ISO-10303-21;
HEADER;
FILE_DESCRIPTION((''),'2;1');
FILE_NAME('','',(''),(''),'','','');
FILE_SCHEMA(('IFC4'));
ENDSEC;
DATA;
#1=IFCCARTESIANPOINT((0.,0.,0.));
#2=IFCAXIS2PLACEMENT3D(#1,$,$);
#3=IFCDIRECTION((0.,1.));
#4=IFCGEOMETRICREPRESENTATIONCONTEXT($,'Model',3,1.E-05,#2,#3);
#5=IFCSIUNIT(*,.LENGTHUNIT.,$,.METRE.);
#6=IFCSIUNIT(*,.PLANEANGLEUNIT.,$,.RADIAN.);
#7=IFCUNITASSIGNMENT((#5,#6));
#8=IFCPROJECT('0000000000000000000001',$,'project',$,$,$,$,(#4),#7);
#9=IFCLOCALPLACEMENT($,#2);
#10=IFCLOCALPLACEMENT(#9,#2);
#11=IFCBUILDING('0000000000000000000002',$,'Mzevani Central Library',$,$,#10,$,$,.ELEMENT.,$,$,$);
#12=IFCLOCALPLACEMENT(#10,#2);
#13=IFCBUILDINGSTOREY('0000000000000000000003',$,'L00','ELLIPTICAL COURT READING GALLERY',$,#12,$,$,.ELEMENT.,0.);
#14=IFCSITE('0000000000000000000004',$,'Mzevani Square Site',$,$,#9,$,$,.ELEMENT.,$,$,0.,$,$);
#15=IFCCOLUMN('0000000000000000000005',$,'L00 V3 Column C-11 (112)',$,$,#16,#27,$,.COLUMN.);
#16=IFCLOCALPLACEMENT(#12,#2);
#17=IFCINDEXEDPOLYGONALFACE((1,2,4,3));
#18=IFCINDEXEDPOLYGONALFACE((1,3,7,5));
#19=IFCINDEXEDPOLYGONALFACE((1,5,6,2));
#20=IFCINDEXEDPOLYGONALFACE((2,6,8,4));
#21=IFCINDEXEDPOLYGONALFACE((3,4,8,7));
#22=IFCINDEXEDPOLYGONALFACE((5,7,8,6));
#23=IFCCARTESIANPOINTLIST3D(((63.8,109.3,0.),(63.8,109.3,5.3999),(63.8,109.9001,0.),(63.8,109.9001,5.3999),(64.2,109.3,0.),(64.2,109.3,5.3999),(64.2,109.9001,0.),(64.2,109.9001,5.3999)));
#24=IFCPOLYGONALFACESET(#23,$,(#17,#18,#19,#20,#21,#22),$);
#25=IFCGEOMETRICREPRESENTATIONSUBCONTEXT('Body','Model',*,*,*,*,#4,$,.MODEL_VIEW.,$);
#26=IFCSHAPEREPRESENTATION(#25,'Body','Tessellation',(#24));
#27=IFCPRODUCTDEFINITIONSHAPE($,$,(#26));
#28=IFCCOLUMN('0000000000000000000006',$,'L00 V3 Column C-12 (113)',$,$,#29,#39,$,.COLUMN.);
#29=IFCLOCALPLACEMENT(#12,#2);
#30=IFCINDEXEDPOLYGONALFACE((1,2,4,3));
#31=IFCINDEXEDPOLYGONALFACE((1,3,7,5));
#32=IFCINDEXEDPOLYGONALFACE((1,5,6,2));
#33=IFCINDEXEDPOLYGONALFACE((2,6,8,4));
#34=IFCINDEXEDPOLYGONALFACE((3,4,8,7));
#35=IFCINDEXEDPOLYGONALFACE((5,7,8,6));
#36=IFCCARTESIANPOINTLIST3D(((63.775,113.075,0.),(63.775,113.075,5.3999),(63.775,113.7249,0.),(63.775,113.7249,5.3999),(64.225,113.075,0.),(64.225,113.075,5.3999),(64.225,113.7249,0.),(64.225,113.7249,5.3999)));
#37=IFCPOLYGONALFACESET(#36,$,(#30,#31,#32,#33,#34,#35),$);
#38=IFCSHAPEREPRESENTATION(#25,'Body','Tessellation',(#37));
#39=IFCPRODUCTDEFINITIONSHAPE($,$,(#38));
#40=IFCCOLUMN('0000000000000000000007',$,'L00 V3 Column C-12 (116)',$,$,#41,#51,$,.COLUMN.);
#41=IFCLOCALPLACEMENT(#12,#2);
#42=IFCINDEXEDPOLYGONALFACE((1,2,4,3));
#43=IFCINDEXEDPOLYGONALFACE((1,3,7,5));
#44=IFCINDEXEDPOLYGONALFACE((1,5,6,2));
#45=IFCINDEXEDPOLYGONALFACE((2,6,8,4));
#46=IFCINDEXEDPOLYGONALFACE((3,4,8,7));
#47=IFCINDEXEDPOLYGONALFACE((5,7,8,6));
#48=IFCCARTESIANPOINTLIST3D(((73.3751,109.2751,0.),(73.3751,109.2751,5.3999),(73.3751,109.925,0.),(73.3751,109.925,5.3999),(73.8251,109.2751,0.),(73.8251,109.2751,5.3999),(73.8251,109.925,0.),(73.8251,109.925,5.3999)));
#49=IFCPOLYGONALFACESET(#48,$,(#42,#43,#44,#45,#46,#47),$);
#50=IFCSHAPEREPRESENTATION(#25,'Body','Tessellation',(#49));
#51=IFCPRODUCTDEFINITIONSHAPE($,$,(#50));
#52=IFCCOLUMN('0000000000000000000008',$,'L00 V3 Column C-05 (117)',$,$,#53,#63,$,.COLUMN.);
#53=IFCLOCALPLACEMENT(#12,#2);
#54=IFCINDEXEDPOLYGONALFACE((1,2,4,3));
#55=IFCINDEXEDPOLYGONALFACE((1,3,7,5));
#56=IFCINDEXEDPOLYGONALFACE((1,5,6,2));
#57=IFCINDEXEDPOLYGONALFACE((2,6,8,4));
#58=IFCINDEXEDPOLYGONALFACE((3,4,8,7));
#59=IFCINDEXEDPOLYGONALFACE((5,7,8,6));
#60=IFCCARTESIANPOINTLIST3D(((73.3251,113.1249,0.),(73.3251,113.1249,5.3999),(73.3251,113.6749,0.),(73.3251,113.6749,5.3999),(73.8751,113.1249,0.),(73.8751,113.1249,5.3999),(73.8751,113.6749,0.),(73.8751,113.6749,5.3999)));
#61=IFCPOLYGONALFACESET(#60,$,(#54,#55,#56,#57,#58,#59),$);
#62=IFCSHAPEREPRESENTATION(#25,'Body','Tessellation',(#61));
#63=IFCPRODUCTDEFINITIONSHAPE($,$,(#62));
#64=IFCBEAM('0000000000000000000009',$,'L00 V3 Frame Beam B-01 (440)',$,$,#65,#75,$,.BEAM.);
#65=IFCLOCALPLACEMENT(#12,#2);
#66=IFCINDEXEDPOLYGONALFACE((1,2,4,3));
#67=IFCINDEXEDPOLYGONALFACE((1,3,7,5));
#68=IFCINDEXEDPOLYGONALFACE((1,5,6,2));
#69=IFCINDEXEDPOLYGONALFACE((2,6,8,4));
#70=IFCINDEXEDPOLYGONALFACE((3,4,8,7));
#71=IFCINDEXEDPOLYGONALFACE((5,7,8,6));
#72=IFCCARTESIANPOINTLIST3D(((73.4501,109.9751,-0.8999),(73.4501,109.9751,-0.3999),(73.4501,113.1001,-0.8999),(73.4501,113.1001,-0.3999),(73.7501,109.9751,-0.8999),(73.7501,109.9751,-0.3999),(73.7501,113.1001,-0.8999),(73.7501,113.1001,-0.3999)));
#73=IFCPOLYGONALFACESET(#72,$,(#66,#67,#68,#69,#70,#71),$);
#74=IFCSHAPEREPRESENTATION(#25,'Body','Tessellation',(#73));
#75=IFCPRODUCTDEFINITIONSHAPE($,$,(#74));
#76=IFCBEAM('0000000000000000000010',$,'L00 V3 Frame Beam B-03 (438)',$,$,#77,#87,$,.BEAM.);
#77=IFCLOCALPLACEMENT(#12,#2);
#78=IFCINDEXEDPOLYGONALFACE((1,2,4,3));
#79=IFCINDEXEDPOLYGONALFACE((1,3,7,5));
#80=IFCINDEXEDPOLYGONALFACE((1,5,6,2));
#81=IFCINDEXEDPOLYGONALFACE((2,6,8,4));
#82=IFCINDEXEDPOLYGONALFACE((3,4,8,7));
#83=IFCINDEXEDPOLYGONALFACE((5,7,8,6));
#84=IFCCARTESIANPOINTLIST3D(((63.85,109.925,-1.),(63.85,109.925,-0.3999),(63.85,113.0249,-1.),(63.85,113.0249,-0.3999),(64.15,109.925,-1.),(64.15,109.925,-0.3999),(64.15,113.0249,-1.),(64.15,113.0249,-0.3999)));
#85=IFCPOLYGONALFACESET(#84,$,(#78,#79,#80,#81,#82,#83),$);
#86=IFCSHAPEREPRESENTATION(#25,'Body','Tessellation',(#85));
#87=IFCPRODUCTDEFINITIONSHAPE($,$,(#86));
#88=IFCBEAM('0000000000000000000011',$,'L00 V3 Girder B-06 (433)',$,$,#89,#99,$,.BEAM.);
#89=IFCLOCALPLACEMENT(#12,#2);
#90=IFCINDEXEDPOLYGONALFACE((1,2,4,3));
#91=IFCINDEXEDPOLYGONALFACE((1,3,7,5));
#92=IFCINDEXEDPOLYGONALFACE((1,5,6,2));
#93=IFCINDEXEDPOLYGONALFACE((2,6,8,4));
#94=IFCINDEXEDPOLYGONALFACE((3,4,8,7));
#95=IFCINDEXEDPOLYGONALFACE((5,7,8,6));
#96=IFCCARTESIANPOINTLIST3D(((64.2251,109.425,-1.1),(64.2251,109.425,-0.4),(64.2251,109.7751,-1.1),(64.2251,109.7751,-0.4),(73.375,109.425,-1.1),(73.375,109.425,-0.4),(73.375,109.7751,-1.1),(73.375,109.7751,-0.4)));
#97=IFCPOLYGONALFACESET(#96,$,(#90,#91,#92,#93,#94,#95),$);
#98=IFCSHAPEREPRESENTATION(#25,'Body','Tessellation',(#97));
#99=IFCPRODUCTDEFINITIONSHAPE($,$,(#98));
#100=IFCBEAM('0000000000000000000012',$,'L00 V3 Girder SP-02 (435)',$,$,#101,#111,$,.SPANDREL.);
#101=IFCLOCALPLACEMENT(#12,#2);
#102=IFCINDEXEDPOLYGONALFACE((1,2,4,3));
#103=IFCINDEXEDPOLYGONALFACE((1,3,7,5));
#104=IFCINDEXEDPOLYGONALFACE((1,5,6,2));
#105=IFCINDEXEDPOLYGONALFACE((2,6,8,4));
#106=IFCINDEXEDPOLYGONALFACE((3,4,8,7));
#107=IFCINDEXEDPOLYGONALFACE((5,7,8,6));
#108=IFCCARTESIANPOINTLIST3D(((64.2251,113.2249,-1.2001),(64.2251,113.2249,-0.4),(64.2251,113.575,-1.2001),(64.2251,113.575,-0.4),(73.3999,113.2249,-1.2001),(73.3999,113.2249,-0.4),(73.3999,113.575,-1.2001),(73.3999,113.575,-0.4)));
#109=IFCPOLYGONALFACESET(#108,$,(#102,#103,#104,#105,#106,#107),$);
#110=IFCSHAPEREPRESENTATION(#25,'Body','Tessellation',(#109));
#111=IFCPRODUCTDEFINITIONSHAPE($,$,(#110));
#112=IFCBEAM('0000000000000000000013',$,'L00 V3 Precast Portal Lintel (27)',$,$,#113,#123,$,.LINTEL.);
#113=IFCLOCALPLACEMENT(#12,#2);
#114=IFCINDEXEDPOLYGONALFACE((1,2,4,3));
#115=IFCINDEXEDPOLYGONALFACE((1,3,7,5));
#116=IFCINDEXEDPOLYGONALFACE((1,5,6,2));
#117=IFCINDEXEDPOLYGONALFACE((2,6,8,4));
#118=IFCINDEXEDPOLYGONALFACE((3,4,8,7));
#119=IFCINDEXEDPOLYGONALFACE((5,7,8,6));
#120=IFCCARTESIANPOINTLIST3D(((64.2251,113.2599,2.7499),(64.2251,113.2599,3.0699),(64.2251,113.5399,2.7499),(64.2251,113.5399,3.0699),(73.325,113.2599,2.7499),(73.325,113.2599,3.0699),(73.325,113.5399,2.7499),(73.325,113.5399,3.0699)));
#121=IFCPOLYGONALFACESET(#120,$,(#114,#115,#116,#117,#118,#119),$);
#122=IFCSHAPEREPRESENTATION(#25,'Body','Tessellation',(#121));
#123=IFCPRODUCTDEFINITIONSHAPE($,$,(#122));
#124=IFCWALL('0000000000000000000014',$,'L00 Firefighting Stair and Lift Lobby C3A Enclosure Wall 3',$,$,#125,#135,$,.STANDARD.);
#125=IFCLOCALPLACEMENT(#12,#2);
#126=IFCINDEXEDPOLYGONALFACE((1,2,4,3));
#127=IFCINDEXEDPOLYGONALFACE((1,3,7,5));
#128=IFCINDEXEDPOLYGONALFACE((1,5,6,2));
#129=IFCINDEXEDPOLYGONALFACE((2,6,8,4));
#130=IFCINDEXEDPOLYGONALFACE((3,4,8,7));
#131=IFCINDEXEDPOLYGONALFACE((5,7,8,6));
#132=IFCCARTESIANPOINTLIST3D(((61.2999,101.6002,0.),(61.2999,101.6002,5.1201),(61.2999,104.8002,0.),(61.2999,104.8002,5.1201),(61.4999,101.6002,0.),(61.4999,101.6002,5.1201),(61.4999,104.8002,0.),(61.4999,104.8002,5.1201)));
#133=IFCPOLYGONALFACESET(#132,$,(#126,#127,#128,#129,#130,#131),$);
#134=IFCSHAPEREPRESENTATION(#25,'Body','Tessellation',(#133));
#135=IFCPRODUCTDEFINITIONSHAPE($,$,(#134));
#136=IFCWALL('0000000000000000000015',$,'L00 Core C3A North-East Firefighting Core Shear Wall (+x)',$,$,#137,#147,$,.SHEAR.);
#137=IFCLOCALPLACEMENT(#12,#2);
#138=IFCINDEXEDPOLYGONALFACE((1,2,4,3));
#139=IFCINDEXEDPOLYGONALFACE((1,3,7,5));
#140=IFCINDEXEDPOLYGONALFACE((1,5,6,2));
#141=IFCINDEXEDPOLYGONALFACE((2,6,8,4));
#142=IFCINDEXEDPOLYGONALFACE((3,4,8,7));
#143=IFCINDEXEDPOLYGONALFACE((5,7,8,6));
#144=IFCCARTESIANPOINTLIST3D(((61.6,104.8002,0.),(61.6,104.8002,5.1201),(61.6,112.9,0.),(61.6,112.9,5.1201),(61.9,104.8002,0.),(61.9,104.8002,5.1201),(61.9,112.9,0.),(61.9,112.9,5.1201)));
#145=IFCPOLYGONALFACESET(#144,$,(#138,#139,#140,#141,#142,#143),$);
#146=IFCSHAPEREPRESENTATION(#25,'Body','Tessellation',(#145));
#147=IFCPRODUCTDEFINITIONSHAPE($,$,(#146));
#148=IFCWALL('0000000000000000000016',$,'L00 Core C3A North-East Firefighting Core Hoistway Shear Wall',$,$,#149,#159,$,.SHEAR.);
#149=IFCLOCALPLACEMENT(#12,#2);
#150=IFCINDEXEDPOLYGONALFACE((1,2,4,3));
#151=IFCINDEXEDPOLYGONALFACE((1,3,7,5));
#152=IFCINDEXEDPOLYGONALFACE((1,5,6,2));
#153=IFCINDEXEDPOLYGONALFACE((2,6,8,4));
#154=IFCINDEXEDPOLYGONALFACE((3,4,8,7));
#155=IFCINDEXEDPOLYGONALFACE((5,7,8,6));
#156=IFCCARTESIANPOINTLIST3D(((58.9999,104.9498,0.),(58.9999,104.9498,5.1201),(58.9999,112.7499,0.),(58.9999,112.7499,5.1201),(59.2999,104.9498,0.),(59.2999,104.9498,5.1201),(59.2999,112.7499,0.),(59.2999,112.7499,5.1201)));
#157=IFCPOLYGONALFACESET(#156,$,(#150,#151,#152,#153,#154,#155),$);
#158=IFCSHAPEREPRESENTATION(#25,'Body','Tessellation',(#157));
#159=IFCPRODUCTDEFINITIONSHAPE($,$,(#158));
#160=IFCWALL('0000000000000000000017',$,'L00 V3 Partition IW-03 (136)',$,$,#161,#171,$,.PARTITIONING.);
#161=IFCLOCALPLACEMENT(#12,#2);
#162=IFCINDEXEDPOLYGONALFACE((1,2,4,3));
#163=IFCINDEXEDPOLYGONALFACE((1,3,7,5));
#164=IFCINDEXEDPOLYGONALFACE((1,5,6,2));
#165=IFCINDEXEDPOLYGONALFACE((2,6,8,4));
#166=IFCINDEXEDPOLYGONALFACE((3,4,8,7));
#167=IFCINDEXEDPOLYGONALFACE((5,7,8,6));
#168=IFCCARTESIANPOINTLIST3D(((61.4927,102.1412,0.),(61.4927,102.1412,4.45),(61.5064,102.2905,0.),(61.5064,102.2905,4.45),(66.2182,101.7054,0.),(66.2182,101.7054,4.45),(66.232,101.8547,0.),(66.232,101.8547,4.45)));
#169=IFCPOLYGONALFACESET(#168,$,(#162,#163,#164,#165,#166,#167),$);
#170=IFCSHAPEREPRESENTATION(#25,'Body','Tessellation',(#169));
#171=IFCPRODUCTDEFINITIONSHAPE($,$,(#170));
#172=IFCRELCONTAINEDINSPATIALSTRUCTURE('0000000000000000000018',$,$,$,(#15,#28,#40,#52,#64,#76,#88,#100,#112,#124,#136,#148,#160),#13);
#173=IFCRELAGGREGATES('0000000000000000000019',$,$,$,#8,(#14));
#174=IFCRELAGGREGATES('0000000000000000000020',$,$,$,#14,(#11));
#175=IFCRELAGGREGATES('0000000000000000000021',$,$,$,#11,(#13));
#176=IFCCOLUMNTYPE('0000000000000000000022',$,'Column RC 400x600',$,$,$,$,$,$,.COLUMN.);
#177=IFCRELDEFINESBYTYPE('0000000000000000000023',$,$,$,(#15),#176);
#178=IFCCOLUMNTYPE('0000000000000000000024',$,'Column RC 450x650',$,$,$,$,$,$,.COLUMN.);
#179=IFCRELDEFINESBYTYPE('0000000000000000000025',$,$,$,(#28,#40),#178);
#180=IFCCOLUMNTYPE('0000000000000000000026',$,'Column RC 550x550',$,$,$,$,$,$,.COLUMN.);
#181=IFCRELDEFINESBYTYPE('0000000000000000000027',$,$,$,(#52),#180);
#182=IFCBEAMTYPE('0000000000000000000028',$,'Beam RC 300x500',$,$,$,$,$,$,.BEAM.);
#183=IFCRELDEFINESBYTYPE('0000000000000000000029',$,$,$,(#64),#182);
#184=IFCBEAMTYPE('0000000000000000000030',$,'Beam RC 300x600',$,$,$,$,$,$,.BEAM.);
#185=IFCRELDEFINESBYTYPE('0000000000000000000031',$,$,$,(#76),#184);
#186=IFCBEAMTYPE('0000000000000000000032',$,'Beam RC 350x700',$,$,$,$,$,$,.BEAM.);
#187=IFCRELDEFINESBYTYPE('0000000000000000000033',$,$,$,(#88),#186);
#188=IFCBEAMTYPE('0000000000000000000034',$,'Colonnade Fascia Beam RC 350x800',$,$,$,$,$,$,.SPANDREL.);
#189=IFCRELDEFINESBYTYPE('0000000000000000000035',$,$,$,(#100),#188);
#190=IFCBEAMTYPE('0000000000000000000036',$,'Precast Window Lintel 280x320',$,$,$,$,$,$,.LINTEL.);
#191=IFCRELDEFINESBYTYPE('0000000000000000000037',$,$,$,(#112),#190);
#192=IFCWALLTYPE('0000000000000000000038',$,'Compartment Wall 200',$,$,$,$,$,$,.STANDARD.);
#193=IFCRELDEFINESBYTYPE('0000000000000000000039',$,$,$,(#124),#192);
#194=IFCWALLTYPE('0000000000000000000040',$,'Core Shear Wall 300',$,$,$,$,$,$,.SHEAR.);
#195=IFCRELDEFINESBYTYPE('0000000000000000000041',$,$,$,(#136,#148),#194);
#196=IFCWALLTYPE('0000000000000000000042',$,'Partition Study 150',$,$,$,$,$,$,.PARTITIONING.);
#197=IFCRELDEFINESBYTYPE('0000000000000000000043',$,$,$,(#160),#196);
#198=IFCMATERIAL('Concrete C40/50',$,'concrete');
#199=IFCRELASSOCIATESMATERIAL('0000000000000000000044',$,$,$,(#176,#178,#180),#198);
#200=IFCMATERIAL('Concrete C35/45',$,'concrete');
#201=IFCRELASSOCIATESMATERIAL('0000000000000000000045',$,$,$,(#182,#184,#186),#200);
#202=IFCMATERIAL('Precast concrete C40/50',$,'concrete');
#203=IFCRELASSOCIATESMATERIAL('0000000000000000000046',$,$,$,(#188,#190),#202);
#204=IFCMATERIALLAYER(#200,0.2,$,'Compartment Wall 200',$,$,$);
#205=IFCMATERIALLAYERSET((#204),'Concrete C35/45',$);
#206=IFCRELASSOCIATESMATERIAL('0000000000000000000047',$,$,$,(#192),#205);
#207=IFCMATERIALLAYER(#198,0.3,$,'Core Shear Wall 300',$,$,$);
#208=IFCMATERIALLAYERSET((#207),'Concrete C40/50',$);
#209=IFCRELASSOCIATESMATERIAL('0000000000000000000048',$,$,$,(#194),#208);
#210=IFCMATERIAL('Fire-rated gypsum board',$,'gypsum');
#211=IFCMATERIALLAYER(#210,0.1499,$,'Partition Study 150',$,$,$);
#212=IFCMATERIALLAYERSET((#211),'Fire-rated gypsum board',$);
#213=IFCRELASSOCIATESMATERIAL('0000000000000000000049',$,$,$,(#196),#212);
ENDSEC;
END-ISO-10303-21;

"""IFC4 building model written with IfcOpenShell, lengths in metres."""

from ifc_helpers import new_model, si_unit, direction, frame, frame_2d, origin, origin_2d, place, context, subcontext, project, spatial, rectangle, extrude, material, layer, layer_set, material_profile, profile_set, type_object, element, save


model = new_model("IFC4")

# Units and contexts
model_context = context("Model", 3, precision=1e-05, world=origin(), true_north=direction((0.0, 1.0)))
body_context = subcontext(model_context, "Body", "Model", "MODEL_VIEW")
ifc_project = project(units=[si_unit("LENGTHUNIT", "METRE"), si_unit("PLANEANGLEUNIT", "RADIAN")], contexts=[model_context])

# Site, building, storey
site_placement = place(None, origin())
site = spatial("IfcSite", under=ifc_project, at=site_placement, Name="Mzevani Square Site", CompositionType="ELEMENT", RefElevation=0.0)
building_placement = place(site_placement, origin())
building = spatial("IfcBuilding", under=site, at=building_placement, Name="Mzevani Central Library", CompositionType="ELEMENT")
storey_placement = place(building_placement, origin())
storey = spatial("IfcBuildingStorey", under=building, at=storey_placement, Name="L00", Description="ELLIPTICAL COURT READING GALLERY", CompositionType="ELEMENT", Elevation=0.0)

# Columns
ifc_material_1 = material(Name="Concrete C40/50", Category="concrete")
ifc_material_profile_1 = material_profile(ifc_material_1, rectangle(XDim=0.3999, YDim=0.6001, at=origin_2d()), Name="RC 400x600")
ifc_profile_set_1 = profile_set([ifc_material_profile_1], Name="Concrete C40/50")
column_type_1 = type_object("IfcColumnType", Name="Column RC 400x600", PredefinedType="COLUMN", material=ifc_profile_set_1)
column_1_placement = place(storey_placement, frame((64.0, 109.6001, 0.0), z_axis=(0.0, 0.0, 1.0), x_axis=(1.0, 0.0, 0.0)))
element("IfcColumn", 1, at=column_1_placement, inside=storey, type_object=column_type_1, Name="L00 V3 Column C-11 (112)", PredefinedType="COLUMN", context=body_context, shape_type="SweptSolid", body=[
    extrude(rectangle(XDim=0.3999, YDim=0.6001, at=origin_2d()), origin(), (0.0, 0.0, 1.0), 5.3999),
])
ifc_material_profile_2 = material_profile(ifc_material_1, rectangle(XDim=0.45, YDim=0.6499, at=origin_2d()), Name="RC 450x650")
ifc_profile_set_2 = profile_set([ifc_material_profile_2], Name="Concrete C40/50")
column_type_2 = type_object("IfcColumnType", Name="Column RC 450x650", PredefinedType="COLUMN", material=ifc_profile_set_2)
for number, where, z_axis, x_axis, name in (
    (2, (64.0, 113.3999, 0.0), (0.0, 0.0, 1.0), (1.0, 0.0, 0.0), "L00 V3 Column C-12 (113)"),
    (3, (73.6001, 109.6001, 0.0), (0.0, 0.0, 1.0), (1.0, 0.0, 0.0), "L00 V3 Column C-12 (116)"),
):
    element("IfcColumn", number, at=place(storey_placement, frame(where, z_axis=z_axis, x_axis=x_axis)), inside=storey, type_object=column_type_2, Name=name, PredefinedType="COLUMN", context=body_context, shape_type="SweptSolid", body=[
        extrude(rectangle(XDim=0.45, YDim=0.6499, at=origin_2d()), origin(), (0.0, 0.0, 1.0), 5.3999),
    ])
ifc_material_profile_3 = material_profile(ifc_material_1, rectangle(XDim=0.55, YDim=0.55, at=origin_2d()), Name="RC 550x550")
ifc_profile_set_3 = profile_set([ifc_material_profile_3], Name="Concrete C40/50")
column_type_3 = type_object("IfcColumnType", Name="Column RC 550x550", PredefinedType="COLUMN", material=ifc_profile_set_3)
column_2_placement = place(storey_placement, frame((73.6001, 113.3999, 0.0), z_axis=(0.0, 0.0, 1.0), x_axis=(1.0, 0.0, 0.0)))
element("IfcColumn", 4, at=column_2_placement, inside=storey, type_object=column_type_3, Name="L00 V3 Column C-05 (117)", PredefinedType="COLUMN", context=body_context, shape_type="SweptSolid", body=[
    extrude(rectangle(XDim=0.55, YDim=0.55, at=origin_2d()), origin(), (0.0, 0.0, 1.0), 5.3999),
])

# Beams
ifc_material_2 = material(Name="Concrete C35/45", Category="concrete")
ifc_material_profile_4 = material_profile(ifc_material_2, rectangle(XDim=0.3, YDim=0.5, at=origin_2d()), Name="RC B300x500")
ifc_profile_set_4 = profile_set([ifc_material_profile_4], Name="Concrete C35/45")
beam_type_1 = type_object("IfcBeamType", Name="Beam RC 300x500", PredefinedType="BEAM", material=ifc_profile_set_4)
beam_1_placement = place(storey_placement, frame((73.6001, 109.9751, -0.6499), z_axis=(0.0, 1.0, 0.0), x_axis=(-1.0, 0.0, 0.0)))
element("IfcBeam", 5, at=beam_1_placement, inside=storey, type_object=beam_type_1, Name="L00 V3 Frame Beam B-01 (440)", PredefinedType="BEAM", context=body_context, shape_type="SweptSolid", body=[
    extrude(rectangle(XDim=0.3, YDim=0.5, at=origin_2d()), origin(), (0.0, 0.0, 1.0), 3.125),
])
ifc_material_profile_5 = material_profile(ifc_material_2, rectangle(XDim=0.3, YDim=0.6001, at=origin_2d()), Name="RC B300x600")
ifc_profile_set_5 = profile_set([ifc_material_profile_5], Name="Concrete C35/45")
beam_type_2 = type_object("IfcBeamType", Name="Beam RC 300x600", PredefinedType="BEAM", material=ifc_profile_set_5)
beam_2_placement = place(storey_placement, frame((64.0, 109.925, -0.7), z_axis=(0.0, 1.0, 0.0), x_axis=(-1.0, 0.0, 0.0)))
element("IfcBeam", 6, at=beam_2_placement, inside=storey, type_object=beam_type_2, Name="L00 V3 Frame Beam B-03 (438)", PredefinedType="BEAM", context=body_context, shape_type="SweptSolid", body=[
    extrude(rectangle(XDim=0.3, YDim=0.6001, at=origin_2d()), origin(), (0.0, 0.0, 1.0), 3.0999),
])
ifc_material_profile_6 = material_profile(ifc_material_2, rectangle(XDim=0.3501, YDim=0.7, at=origin_2d()), Name="RC B350x700")
ifc_profile_set_6 = profile_set([ifc_material_profile_6], Name="Concrete C35/45")
beam_type_3 = type_object("IfcBeamType", Name="Beam RC 350x700", PredefinedType="BEAM", material=ifc_profile_set_6)
beam_3_placement = place(storey_placement, frame((64.2251, 109.6001, -0.75), z_axis=(1.0, 0.0, 0.0), x_axis=(0.0, 1.0, 0.0)))
element("IfcBeam", 7, at=beam_3_placement, inside=storey, type_object=beam_type_3, Name="L00 V3 Girder B-06 (433)", PredefinedType="BEAM", context=body_context, shape_type="SweptSolid", body=[
    extrude(rectangle(XDim=0.3501, YDim=0.7, at=origin_2d()), origin(), (0.0, 0.0, 1.0), 9.1499),
])
ifc_material_3 = material(Name="Precast concrete C40/50", Category="concrete")
ifc_material_profile_7 = material_profile(ifc_material_3, rectangle(XDim=0.3501, YDim=0.8, at=origin_2d()), Name="RC SP350x800")
ifc_profile_set_7 = profile_set([ifc_material_profile_7], Name="Precast concrete C40/50")
beam_type_4 = type_object("IfcBeamType", Name="Colonnade Fascia Beam RC 350x800", PredefinedType="SPANDREL", material=ifc_profile_set_7)
beam_4_placement = place(storey_placement, frame((64.2251, 113.3999, -0.8), z_axis=(1.0, 0.0, 0.0), x_axis=(0.0, 1.0, 0.0)))
element("IfcBeam", 8, at=beam_4_placement, inside=storey, type_object=beam_type_4, Name="L00 V3 Girder SP-02 (435)", PredefinedType="SPANDREL", context=body_context, shape_type="SweptSolid", body=[
    extrude(rectangle(XDim=0.3501, YDim=0.8, at=origin_2d()), origin(), (0.0, 0.0, 1.0), 9.1748),
])
ifc_material_profile_8 = material_profile(ifc_material_3, rectangle(XDim=0.28, YDim=0.3201, at=origin_2d()), Name="PC LN280x320")
ifc_profile_set_8 = profile_set([ifc_material_profile_8], Name="Precast concrete C40/50")
beam_type_5 = type_object("IfcBeamType", Name="Precast Window Lintel 280x320", PredefinedType="LINTEL", material=ifc_profile_set_8)
beam_5_placement = place(storey_placement, frame((64.2251, 113.3999, 2.9099), z_axis=(1.0, 0.0, 0.0), x_axis=(0.0, 1.0, 0.0)))
element("IfcBeam", 9, at=beam_5_placement, inside=storey, type_object=beam_type_5, Name="L00 V3 Precast Portal Lintel (27)", PredefinedType="LINTEL", context=body_context, shape_type="SweptSolid", body=[
    extrude(rectangle(XDim=0.28, YDim=0.3201, at=origin_2d()), origin(), (0.0, 0.0, 1.0), 9.0999),
])

# Wall
ifc_layer_1 = layer(ifc_material_2, 0.2, Name="Compartment Wall 200")
ifc_layer_set_1 = layer_set([ifc_layer_1], Name="Concrete C35/45")
wall_type_1 = type_object("IfcWallType", Name="Compartment Wall 200", PredefinedType="STANDARD", material=ifc_layer_set_1)
wall_1_placement = place(storey_placement, frame((61.3999, 101.6001, 0.0), z_axis=(0.0, 0.0, 1.0), x_axis=(0.0, 1.0, 0.0)))
element("IfcWall", 10, at=wall_1_placement, inside=storey, type_object=wall_type_1, Name="L00 Firefighting Stair and Lift Lobby C3A Enclosure Wall 3", PredefinedType="STANDARD", context=body_context, shape_type="SweptSolid", body=[
    extrude(rectangle(XDim=3.2, YDim=0.2, at=frame_2d((1.6001, 0.0))), origin(), (0.0, 0.0, 1.0), 5.1201),
])

# Shared definitions
ifc_layer_2 = layer(ifc_material_1, 0.3, Name="Core Shear Wall 300")
ifc_layer_set_2 = layer_set([ifc_layer_2], Name="Concrete C40/50")
wall_type_2 = type_object("IfcWallType", Name="Core Shear Wall 300", PredefinedType="SHEAR", material=ifc_layer_set_2)

# Walls
wall_2_placement = place(storey_placement, frame((61.75, 112.8999, 0.0), z_axis=(0.0, 0.0, 1.0), x_axis=(0.0, -1.0, 0.0)))
element("IfcWall", 11, at=wall_2_placement, inside=storey, type_object=wall_type_2, Name="L00 Core C3A North-East Firefighting Core Shear Wall (+x)", PredefinedType="SHEAR", context=body_context, shape_type="SweptSolid", body=[
    extrude(rectangle(XDim=8.0999, YDim=0.3, at=frame_2d((4.0498, 0.0))), origin(), (0.0, 0.0, 1.0), 5.1201),
])
wall_3_placement = place(storey_placement, frame((59.1499, 104.95, 0.0), z_axis=(0.0, 0.0, 1.0), x_axis=(0.0, 1.0, 0.0)))
element("IfcWall", 12, at=wall_3_placement, inside=storey, type_object=wall_type_2, Name="L00 Core C3A North-East Firefighting Core Hoistway Shear Wall", PredefinedType="SHEAR", context=body_context, shape_type="SweptSolid", body=[
    extrude(rectangle(XDim=7.8, YDim=0.3, at=frame_2d((3.8999, 0.0))), origin(), (0.0, 0.0, 1.0), 5.1201),
])
ifc_material_4 = material(Name="Fire-rated gypsum board", Category="gypsum")
ifc_layer_3 = layer(ifc_material_4, 0.1499, Name="Partition Study 150")
ifc_layer_set_3 = layer_set([ifc_layer_3], Name="Fire-rated gypsum board")
wall_type_3 = type_object("IfcWallType", Name="Partition Study 150", PredefinedType="PARTITIONING", material=ifc_layer_set_3)
wall_4_placement = place(storey_placement, frame((66.2251, 101.78, 0.0), z_axis=(0.0, 0.0, 1.0), x_axis=(-0.995775, 0.09183, 0.0)))
element("IfcWall", 13, at=wall_4_placement, inside=storey, type_object=wall_type_3, Name="L00 V3 Partition IW-03 (136)", PredefinedType="PARTITIONING", context=body_context, shape_type="SweptSolid", body=[
    extrude(rectangle(XDim=4.7456, YDim=0.1499, at=frame_2d((2.3728, 0.0))), origin(), (0.0, 0.0, 1.0), 4.45),
])

save(model, "model.ifc")
